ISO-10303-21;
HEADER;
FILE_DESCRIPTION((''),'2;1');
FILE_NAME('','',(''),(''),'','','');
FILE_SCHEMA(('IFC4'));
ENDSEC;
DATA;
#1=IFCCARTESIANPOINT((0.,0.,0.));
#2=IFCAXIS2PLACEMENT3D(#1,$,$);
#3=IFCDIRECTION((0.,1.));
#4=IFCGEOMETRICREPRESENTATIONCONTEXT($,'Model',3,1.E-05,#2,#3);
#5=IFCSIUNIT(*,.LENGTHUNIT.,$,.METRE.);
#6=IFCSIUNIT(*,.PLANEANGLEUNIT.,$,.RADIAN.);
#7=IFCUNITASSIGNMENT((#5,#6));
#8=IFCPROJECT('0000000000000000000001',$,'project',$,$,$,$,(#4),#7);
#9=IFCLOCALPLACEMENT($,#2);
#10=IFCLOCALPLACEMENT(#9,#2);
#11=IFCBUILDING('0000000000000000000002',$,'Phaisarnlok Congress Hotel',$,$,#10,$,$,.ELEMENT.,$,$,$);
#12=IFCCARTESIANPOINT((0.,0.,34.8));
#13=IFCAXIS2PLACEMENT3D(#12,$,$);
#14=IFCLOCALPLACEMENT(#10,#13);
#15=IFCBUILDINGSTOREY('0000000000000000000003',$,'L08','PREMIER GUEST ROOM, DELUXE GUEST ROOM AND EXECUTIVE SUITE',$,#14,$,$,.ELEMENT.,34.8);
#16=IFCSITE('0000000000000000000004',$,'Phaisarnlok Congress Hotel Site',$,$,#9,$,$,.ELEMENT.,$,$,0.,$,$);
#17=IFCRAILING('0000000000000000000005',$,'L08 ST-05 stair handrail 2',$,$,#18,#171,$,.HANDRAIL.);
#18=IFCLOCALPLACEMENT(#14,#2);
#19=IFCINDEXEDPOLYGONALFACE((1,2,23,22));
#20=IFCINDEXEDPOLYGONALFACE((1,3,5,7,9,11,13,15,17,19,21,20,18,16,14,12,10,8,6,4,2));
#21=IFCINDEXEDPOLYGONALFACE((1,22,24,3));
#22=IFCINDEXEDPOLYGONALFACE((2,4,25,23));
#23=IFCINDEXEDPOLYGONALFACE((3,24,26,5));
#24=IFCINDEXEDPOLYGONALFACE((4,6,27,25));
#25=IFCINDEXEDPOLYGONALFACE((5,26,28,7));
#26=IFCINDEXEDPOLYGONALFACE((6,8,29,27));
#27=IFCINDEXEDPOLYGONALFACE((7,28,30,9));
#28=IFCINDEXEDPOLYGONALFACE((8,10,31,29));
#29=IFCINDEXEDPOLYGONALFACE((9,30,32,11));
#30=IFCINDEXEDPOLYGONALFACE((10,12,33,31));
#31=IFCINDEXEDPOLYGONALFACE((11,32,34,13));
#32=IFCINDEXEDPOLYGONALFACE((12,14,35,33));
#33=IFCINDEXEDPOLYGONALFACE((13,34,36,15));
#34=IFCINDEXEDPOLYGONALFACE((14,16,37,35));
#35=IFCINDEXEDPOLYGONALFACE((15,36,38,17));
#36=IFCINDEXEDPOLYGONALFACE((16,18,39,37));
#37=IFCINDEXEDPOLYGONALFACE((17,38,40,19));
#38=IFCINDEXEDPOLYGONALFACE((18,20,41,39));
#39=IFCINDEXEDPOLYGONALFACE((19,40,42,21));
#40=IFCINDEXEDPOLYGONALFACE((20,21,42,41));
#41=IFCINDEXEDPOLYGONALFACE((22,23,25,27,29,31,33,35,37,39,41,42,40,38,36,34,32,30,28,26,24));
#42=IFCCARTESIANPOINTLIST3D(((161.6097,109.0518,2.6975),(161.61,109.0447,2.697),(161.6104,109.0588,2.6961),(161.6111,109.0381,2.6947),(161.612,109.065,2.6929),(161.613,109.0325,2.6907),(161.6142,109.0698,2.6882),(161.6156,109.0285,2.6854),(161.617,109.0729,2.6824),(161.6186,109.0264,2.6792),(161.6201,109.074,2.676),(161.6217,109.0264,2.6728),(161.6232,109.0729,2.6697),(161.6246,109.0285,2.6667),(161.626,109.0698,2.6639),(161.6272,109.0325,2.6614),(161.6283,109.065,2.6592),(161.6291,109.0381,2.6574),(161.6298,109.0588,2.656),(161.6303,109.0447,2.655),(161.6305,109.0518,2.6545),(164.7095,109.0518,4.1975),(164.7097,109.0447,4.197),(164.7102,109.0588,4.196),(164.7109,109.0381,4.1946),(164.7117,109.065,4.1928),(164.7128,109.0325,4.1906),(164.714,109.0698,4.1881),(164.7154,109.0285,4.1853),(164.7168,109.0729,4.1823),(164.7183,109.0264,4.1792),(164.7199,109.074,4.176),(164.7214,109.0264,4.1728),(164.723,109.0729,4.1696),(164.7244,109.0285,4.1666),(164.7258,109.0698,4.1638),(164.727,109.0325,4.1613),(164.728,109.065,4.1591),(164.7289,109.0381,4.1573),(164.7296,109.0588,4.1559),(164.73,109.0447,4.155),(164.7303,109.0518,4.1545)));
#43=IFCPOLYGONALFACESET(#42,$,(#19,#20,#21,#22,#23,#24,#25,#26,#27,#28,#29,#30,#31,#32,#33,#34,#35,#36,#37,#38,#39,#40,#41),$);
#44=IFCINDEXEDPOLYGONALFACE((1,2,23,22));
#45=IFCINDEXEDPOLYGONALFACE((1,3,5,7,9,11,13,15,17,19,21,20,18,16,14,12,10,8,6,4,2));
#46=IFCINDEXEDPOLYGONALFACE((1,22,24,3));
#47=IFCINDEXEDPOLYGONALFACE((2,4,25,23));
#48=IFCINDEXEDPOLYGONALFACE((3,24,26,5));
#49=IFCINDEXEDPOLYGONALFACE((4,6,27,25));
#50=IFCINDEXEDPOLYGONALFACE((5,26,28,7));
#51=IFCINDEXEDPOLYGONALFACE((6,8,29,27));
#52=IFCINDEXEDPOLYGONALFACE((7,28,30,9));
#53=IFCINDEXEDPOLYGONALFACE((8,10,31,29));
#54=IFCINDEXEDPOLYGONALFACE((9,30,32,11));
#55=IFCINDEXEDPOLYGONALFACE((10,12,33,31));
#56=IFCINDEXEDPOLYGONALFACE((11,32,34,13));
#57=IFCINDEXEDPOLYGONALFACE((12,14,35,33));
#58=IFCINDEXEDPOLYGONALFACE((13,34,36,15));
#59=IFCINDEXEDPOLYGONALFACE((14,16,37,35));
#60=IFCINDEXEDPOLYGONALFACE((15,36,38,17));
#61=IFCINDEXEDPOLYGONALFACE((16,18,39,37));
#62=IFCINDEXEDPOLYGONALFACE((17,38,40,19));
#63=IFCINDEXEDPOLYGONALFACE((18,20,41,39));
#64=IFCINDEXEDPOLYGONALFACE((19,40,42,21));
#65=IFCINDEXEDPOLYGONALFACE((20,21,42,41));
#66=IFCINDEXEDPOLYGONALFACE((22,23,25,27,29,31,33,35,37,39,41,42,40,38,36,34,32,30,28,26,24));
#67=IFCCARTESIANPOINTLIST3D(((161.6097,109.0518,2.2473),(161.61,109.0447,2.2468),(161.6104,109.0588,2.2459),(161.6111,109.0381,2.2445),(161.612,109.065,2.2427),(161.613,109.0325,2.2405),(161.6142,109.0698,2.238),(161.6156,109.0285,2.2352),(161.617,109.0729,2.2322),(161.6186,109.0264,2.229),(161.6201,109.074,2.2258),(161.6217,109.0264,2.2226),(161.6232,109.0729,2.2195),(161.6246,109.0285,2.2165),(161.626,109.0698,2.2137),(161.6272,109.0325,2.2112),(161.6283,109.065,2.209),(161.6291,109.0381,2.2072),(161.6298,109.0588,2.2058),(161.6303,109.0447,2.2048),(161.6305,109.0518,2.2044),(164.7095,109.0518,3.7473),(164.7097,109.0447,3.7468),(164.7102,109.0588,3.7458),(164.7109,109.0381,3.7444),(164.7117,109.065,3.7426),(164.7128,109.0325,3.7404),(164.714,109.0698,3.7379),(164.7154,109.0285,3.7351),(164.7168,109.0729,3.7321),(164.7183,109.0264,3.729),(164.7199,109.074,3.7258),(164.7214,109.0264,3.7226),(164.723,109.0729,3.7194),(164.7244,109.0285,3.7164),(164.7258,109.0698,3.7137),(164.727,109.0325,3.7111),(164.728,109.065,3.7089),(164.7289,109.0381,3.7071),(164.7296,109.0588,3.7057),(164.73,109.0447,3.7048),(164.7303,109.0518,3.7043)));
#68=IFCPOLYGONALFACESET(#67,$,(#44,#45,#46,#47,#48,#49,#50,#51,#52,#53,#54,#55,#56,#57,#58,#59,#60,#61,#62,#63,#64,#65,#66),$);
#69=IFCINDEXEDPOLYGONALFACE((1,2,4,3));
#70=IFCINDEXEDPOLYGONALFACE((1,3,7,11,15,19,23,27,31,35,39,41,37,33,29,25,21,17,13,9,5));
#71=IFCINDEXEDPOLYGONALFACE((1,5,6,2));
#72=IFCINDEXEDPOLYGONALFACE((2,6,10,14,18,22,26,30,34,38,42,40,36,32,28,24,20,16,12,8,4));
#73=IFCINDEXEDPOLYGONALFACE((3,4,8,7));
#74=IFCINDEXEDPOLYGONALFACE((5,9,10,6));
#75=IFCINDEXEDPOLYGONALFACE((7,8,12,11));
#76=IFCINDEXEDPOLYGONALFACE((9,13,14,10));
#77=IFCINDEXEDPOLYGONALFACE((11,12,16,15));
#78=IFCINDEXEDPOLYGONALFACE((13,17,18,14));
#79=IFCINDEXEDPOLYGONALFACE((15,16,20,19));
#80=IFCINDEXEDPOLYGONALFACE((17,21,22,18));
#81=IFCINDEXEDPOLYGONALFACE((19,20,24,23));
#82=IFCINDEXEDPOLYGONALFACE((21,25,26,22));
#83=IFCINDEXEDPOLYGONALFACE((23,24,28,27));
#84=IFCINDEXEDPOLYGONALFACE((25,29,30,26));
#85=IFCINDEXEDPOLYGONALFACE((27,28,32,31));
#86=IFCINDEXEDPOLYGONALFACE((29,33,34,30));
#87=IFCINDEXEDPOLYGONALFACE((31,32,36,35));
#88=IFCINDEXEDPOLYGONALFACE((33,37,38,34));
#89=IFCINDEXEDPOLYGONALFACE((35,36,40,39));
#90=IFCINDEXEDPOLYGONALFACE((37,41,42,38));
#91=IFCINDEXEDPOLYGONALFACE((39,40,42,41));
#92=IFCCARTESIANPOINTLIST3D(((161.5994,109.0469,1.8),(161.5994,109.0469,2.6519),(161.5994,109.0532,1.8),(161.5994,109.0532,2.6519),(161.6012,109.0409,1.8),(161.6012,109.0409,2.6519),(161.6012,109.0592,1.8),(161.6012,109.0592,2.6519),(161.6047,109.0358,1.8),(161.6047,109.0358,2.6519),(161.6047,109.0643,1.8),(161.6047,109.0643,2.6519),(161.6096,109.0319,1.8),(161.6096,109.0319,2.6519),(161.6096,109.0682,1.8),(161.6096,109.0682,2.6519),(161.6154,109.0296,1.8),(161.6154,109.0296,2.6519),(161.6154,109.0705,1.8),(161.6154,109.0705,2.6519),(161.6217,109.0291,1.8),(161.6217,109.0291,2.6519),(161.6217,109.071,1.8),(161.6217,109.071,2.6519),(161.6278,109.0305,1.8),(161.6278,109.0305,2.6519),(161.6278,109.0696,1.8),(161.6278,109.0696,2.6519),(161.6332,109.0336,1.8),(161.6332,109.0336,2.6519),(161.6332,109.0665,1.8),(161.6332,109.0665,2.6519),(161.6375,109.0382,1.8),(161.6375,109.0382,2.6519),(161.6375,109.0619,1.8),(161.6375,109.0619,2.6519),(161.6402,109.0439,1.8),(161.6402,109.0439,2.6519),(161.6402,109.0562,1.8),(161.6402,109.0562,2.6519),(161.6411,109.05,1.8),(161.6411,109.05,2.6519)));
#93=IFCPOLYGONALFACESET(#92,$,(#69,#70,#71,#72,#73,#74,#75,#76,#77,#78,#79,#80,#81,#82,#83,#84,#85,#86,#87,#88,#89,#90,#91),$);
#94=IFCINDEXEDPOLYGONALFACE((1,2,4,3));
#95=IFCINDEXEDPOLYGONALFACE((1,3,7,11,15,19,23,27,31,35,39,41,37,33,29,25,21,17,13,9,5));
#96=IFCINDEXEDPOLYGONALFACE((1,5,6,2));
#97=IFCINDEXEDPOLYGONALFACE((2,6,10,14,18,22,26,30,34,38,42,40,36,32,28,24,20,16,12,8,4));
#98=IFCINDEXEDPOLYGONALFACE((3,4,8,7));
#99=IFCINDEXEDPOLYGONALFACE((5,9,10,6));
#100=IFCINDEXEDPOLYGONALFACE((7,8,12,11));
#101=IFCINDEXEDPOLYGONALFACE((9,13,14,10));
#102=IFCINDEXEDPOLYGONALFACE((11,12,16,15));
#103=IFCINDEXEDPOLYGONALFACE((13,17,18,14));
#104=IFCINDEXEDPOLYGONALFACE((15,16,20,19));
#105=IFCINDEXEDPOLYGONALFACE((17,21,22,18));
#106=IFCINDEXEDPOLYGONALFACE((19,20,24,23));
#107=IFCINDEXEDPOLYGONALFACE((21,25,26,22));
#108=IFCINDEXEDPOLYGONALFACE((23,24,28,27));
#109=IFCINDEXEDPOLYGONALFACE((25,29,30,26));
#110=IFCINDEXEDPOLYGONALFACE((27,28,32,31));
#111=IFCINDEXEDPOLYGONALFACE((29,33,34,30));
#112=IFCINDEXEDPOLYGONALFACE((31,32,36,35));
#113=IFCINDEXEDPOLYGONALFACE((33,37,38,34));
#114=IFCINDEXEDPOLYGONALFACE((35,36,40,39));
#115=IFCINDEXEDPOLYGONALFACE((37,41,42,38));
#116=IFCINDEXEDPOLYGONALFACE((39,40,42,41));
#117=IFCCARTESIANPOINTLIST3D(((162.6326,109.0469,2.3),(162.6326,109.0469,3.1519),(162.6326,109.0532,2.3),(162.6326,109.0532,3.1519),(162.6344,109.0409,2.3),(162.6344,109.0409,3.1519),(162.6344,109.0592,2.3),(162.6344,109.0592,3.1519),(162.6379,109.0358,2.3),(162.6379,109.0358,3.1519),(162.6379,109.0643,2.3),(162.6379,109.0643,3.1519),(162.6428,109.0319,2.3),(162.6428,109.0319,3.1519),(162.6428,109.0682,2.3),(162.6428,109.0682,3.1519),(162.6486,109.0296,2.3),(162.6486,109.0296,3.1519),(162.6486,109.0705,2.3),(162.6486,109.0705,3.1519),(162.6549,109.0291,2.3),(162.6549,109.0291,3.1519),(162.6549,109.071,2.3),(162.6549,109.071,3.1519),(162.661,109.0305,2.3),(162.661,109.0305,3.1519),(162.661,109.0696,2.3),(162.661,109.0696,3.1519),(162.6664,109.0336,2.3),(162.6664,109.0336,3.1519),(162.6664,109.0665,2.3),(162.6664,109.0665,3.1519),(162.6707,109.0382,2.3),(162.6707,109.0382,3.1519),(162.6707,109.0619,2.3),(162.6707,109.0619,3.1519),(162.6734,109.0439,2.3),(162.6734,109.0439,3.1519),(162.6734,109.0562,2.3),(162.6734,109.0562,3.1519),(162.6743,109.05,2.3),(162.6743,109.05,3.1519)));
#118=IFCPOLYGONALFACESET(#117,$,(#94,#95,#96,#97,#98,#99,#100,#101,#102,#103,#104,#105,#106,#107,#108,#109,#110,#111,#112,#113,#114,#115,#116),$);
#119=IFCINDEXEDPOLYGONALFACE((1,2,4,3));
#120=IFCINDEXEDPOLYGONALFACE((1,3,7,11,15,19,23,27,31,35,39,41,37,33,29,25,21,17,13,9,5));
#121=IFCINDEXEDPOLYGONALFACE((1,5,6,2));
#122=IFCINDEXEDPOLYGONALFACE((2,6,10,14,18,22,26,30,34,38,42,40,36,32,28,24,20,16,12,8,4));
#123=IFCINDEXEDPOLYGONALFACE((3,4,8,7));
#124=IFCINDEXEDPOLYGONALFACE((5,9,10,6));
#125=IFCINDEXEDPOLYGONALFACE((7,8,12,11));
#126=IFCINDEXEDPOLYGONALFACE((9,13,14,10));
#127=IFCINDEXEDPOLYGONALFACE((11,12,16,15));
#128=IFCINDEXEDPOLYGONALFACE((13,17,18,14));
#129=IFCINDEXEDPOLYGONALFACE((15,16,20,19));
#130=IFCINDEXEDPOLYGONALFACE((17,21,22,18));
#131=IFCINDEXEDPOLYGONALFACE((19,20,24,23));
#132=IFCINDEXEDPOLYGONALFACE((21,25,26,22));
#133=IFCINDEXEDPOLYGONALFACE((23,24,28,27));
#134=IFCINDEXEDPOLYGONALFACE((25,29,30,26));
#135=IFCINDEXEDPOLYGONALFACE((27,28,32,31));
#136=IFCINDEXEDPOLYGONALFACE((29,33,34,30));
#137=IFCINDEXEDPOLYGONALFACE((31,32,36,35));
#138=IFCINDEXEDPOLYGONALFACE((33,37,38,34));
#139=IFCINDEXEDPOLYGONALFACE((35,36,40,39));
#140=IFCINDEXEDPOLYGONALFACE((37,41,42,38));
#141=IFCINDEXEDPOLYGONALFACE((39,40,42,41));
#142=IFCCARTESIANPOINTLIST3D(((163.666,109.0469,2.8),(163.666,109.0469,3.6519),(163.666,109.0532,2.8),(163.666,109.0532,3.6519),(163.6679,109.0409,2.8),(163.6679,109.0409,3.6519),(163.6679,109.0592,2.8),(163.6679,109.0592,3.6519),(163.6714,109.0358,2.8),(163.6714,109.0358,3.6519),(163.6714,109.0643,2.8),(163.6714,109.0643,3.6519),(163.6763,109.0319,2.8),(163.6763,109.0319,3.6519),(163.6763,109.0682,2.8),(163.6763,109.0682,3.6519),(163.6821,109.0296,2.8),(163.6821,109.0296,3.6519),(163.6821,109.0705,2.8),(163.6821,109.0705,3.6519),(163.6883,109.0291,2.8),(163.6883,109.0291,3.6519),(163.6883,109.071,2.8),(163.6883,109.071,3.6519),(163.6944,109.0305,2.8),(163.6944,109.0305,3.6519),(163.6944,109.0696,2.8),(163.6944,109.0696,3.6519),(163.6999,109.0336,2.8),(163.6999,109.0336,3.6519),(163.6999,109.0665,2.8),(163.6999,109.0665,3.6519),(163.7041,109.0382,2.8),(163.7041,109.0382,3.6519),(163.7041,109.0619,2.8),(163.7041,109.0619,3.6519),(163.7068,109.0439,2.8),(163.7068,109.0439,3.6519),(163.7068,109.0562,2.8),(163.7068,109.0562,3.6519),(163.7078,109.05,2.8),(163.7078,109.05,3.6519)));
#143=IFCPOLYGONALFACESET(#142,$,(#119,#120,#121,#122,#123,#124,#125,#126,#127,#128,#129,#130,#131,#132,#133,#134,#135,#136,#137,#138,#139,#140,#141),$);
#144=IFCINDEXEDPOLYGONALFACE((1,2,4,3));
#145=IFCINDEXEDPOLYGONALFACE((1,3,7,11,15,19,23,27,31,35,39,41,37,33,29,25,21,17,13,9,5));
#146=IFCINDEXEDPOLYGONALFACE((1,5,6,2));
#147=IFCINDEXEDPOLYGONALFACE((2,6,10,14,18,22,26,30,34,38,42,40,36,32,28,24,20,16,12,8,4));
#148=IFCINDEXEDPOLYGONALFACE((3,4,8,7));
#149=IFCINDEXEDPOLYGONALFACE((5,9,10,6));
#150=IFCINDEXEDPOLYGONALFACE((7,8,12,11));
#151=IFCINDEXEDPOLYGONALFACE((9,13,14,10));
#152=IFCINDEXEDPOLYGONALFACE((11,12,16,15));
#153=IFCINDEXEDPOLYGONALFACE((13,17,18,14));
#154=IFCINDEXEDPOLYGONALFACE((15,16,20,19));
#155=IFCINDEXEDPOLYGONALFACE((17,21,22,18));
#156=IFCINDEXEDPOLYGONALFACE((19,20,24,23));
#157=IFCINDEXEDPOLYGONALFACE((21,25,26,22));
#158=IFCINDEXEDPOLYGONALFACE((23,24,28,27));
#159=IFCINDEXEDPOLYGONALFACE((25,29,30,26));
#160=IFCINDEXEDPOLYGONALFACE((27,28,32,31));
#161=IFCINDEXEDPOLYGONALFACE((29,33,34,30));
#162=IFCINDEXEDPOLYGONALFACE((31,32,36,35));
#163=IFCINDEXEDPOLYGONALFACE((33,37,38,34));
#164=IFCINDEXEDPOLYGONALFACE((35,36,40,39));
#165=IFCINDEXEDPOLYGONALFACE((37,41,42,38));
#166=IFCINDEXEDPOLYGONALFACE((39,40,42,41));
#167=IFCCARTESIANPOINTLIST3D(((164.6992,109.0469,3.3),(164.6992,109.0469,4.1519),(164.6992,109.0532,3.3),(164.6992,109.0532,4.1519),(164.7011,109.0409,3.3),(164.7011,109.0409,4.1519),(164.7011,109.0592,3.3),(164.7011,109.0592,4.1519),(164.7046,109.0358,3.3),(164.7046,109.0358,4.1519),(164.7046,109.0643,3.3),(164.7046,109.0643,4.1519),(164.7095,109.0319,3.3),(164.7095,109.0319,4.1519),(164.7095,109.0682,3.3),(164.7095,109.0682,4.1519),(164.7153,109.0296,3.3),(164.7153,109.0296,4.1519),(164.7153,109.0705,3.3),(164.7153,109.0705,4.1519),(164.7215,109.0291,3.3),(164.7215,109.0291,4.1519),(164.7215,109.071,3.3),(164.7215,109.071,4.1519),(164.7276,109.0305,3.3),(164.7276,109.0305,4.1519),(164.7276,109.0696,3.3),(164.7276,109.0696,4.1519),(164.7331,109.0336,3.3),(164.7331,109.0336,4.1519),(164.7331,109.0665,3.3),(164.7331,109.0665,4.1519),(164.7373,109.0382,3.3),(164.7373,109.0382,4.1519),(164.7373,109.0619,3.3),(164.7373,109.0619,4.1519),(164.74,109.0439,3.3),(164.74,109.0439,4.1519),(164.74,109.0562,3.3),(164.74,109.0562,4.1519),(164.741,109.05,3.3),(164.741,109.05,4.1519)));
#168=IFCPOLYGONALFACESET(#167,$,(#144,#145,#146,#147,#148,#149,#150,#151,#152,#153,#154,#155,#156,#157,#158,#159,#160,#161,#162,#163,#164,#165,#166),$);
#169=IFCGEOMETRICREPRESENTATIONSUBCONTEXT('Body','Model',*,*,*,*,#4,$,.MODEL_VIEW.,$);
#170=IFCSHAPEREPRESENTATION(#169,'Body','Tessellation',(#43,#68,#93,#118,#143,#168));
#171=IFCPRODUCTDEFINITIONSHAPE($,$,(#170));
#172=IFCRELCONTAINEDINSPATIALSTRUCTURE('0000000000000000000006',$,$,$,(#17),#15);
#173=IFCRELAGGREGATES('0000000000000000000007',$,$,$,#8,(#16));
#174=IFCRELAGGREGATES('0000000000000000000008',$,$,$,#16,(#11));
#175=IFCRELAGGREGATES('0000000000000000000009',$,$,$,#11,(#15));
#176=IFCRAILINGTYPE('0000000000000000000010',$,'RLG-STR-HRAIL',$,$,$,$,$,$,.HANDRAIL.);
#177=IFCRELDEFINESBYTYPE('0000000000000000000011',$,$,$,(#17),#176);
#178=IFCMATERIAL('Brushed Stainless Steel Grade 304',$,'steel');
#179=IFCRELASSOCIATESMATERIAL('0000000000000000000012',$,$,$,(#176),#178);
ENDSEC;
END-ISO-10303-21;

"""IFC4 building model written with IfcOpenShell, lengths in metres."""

from ifc_helpers import new_model, si_unit, direction, frame, origin, origin_2d, place, context, subcontext, project, spatial, circle, extrude, material, type_object, element, save


model = new_model("IFC4")

# Units and contexts
model_context = context("Model", 3, precision=1e-05, world=origin(), true_north=direction((0.0, 1.0)))
body_context = subcontext(model_context, "Body", "Model", "MODEL_VIEW")
ifc_project = project(units=[si_unit("LENGTHUNIT", "METRE"), si_unit("PLANEANGLEUNIT", "RADIAN")], contexts=[model_context])

# Site, building, storey
site_placement = place(None, origin())
site = spatial("IfcSite", under=ifc_project, at=site_placement, Name="Phaisarnlok Congress Hotel Site", CompositionType="ELEMENT", RefElevation=0.0)
building_placement = place(site_placement, origin())
building = spatial("IfcBuilding", under=site, at=building_placement, Name="Phaisarnlok Congress Hotel", CompositionType="ELEMENT")
storey_placement = place(building_placement, frame((0.0, 0.0, 34.8)))
storey = spatial("IfcBuildingStorey", under=building, at=storey_placement, Name="L08", Description="PREMIER GUEST ROOM, DELUXE GUEST ROOM AND EXECUTIVE SUITE", CompositionType="ELEMENT", Elevation=34.8)

# Railing
ifc_material_1 = material(Name="Brushed Stainless Steel Grade 304", Category="steel")
railing_type_1 = type_object("IfcRailingType", Name="RLG-STR-HRAIL", PredefinedType="HANDRAIL", material=ifc_material_1)
railing_1_placement = place(storey_placement, frame((161.6201, 109.05, 1.8)))
element("IfcRailing", 1, at=railing_1_placement, inside=storey, type_object=railing_type_1, Name="L08 ST-05 stair handrail 2", PredefinedType="HANDRAIL", context=body_context, shape_type="SweptSolid", body=[
    extrude(circle(Radius=0.0239, at=origin_2d()), frame((0.0, 0.0, 0.876), z_axis=(0.900151, 0.0, 0.435578), x_axis=(0.0, 1.0, 0.0)), (0.0, 0.0, 1.0), 3.4436),
    extrude(circle(Radius=0.0239, at=origin_2d()), frame((0.0, 0.0, 0.4258), z_axis=(0.900151, 0.0, 0.435578), x_axis=(0.0, 1.0, 0.0)), (0.0, 0.0, 1.0), 3.4436),
    extrude(circle(Radius=0.021, at=origin_2d()), origin(), (0.0, 0.0, 1.0), 0.8518),
    extrude(circle(Radius=0.021, at=origin_2d()), frame((1.0332, 0.0, 0.5)), (0.0, 0.0, 1.0), 0.8518),
    extrude(circle(Radius=0.021, at=origin_2d()), frame((2.0667, 0.0, 1.0)), (0.0, 0.0, 1.0), 0.8518),
    extrude(circle(Radius=0.021, at=origin_2d()), frame((3.0999, 0.0, 1.5)), (0.0, 0.0, 1.0), 0.8518),
])

save(model, "model.ifc")
